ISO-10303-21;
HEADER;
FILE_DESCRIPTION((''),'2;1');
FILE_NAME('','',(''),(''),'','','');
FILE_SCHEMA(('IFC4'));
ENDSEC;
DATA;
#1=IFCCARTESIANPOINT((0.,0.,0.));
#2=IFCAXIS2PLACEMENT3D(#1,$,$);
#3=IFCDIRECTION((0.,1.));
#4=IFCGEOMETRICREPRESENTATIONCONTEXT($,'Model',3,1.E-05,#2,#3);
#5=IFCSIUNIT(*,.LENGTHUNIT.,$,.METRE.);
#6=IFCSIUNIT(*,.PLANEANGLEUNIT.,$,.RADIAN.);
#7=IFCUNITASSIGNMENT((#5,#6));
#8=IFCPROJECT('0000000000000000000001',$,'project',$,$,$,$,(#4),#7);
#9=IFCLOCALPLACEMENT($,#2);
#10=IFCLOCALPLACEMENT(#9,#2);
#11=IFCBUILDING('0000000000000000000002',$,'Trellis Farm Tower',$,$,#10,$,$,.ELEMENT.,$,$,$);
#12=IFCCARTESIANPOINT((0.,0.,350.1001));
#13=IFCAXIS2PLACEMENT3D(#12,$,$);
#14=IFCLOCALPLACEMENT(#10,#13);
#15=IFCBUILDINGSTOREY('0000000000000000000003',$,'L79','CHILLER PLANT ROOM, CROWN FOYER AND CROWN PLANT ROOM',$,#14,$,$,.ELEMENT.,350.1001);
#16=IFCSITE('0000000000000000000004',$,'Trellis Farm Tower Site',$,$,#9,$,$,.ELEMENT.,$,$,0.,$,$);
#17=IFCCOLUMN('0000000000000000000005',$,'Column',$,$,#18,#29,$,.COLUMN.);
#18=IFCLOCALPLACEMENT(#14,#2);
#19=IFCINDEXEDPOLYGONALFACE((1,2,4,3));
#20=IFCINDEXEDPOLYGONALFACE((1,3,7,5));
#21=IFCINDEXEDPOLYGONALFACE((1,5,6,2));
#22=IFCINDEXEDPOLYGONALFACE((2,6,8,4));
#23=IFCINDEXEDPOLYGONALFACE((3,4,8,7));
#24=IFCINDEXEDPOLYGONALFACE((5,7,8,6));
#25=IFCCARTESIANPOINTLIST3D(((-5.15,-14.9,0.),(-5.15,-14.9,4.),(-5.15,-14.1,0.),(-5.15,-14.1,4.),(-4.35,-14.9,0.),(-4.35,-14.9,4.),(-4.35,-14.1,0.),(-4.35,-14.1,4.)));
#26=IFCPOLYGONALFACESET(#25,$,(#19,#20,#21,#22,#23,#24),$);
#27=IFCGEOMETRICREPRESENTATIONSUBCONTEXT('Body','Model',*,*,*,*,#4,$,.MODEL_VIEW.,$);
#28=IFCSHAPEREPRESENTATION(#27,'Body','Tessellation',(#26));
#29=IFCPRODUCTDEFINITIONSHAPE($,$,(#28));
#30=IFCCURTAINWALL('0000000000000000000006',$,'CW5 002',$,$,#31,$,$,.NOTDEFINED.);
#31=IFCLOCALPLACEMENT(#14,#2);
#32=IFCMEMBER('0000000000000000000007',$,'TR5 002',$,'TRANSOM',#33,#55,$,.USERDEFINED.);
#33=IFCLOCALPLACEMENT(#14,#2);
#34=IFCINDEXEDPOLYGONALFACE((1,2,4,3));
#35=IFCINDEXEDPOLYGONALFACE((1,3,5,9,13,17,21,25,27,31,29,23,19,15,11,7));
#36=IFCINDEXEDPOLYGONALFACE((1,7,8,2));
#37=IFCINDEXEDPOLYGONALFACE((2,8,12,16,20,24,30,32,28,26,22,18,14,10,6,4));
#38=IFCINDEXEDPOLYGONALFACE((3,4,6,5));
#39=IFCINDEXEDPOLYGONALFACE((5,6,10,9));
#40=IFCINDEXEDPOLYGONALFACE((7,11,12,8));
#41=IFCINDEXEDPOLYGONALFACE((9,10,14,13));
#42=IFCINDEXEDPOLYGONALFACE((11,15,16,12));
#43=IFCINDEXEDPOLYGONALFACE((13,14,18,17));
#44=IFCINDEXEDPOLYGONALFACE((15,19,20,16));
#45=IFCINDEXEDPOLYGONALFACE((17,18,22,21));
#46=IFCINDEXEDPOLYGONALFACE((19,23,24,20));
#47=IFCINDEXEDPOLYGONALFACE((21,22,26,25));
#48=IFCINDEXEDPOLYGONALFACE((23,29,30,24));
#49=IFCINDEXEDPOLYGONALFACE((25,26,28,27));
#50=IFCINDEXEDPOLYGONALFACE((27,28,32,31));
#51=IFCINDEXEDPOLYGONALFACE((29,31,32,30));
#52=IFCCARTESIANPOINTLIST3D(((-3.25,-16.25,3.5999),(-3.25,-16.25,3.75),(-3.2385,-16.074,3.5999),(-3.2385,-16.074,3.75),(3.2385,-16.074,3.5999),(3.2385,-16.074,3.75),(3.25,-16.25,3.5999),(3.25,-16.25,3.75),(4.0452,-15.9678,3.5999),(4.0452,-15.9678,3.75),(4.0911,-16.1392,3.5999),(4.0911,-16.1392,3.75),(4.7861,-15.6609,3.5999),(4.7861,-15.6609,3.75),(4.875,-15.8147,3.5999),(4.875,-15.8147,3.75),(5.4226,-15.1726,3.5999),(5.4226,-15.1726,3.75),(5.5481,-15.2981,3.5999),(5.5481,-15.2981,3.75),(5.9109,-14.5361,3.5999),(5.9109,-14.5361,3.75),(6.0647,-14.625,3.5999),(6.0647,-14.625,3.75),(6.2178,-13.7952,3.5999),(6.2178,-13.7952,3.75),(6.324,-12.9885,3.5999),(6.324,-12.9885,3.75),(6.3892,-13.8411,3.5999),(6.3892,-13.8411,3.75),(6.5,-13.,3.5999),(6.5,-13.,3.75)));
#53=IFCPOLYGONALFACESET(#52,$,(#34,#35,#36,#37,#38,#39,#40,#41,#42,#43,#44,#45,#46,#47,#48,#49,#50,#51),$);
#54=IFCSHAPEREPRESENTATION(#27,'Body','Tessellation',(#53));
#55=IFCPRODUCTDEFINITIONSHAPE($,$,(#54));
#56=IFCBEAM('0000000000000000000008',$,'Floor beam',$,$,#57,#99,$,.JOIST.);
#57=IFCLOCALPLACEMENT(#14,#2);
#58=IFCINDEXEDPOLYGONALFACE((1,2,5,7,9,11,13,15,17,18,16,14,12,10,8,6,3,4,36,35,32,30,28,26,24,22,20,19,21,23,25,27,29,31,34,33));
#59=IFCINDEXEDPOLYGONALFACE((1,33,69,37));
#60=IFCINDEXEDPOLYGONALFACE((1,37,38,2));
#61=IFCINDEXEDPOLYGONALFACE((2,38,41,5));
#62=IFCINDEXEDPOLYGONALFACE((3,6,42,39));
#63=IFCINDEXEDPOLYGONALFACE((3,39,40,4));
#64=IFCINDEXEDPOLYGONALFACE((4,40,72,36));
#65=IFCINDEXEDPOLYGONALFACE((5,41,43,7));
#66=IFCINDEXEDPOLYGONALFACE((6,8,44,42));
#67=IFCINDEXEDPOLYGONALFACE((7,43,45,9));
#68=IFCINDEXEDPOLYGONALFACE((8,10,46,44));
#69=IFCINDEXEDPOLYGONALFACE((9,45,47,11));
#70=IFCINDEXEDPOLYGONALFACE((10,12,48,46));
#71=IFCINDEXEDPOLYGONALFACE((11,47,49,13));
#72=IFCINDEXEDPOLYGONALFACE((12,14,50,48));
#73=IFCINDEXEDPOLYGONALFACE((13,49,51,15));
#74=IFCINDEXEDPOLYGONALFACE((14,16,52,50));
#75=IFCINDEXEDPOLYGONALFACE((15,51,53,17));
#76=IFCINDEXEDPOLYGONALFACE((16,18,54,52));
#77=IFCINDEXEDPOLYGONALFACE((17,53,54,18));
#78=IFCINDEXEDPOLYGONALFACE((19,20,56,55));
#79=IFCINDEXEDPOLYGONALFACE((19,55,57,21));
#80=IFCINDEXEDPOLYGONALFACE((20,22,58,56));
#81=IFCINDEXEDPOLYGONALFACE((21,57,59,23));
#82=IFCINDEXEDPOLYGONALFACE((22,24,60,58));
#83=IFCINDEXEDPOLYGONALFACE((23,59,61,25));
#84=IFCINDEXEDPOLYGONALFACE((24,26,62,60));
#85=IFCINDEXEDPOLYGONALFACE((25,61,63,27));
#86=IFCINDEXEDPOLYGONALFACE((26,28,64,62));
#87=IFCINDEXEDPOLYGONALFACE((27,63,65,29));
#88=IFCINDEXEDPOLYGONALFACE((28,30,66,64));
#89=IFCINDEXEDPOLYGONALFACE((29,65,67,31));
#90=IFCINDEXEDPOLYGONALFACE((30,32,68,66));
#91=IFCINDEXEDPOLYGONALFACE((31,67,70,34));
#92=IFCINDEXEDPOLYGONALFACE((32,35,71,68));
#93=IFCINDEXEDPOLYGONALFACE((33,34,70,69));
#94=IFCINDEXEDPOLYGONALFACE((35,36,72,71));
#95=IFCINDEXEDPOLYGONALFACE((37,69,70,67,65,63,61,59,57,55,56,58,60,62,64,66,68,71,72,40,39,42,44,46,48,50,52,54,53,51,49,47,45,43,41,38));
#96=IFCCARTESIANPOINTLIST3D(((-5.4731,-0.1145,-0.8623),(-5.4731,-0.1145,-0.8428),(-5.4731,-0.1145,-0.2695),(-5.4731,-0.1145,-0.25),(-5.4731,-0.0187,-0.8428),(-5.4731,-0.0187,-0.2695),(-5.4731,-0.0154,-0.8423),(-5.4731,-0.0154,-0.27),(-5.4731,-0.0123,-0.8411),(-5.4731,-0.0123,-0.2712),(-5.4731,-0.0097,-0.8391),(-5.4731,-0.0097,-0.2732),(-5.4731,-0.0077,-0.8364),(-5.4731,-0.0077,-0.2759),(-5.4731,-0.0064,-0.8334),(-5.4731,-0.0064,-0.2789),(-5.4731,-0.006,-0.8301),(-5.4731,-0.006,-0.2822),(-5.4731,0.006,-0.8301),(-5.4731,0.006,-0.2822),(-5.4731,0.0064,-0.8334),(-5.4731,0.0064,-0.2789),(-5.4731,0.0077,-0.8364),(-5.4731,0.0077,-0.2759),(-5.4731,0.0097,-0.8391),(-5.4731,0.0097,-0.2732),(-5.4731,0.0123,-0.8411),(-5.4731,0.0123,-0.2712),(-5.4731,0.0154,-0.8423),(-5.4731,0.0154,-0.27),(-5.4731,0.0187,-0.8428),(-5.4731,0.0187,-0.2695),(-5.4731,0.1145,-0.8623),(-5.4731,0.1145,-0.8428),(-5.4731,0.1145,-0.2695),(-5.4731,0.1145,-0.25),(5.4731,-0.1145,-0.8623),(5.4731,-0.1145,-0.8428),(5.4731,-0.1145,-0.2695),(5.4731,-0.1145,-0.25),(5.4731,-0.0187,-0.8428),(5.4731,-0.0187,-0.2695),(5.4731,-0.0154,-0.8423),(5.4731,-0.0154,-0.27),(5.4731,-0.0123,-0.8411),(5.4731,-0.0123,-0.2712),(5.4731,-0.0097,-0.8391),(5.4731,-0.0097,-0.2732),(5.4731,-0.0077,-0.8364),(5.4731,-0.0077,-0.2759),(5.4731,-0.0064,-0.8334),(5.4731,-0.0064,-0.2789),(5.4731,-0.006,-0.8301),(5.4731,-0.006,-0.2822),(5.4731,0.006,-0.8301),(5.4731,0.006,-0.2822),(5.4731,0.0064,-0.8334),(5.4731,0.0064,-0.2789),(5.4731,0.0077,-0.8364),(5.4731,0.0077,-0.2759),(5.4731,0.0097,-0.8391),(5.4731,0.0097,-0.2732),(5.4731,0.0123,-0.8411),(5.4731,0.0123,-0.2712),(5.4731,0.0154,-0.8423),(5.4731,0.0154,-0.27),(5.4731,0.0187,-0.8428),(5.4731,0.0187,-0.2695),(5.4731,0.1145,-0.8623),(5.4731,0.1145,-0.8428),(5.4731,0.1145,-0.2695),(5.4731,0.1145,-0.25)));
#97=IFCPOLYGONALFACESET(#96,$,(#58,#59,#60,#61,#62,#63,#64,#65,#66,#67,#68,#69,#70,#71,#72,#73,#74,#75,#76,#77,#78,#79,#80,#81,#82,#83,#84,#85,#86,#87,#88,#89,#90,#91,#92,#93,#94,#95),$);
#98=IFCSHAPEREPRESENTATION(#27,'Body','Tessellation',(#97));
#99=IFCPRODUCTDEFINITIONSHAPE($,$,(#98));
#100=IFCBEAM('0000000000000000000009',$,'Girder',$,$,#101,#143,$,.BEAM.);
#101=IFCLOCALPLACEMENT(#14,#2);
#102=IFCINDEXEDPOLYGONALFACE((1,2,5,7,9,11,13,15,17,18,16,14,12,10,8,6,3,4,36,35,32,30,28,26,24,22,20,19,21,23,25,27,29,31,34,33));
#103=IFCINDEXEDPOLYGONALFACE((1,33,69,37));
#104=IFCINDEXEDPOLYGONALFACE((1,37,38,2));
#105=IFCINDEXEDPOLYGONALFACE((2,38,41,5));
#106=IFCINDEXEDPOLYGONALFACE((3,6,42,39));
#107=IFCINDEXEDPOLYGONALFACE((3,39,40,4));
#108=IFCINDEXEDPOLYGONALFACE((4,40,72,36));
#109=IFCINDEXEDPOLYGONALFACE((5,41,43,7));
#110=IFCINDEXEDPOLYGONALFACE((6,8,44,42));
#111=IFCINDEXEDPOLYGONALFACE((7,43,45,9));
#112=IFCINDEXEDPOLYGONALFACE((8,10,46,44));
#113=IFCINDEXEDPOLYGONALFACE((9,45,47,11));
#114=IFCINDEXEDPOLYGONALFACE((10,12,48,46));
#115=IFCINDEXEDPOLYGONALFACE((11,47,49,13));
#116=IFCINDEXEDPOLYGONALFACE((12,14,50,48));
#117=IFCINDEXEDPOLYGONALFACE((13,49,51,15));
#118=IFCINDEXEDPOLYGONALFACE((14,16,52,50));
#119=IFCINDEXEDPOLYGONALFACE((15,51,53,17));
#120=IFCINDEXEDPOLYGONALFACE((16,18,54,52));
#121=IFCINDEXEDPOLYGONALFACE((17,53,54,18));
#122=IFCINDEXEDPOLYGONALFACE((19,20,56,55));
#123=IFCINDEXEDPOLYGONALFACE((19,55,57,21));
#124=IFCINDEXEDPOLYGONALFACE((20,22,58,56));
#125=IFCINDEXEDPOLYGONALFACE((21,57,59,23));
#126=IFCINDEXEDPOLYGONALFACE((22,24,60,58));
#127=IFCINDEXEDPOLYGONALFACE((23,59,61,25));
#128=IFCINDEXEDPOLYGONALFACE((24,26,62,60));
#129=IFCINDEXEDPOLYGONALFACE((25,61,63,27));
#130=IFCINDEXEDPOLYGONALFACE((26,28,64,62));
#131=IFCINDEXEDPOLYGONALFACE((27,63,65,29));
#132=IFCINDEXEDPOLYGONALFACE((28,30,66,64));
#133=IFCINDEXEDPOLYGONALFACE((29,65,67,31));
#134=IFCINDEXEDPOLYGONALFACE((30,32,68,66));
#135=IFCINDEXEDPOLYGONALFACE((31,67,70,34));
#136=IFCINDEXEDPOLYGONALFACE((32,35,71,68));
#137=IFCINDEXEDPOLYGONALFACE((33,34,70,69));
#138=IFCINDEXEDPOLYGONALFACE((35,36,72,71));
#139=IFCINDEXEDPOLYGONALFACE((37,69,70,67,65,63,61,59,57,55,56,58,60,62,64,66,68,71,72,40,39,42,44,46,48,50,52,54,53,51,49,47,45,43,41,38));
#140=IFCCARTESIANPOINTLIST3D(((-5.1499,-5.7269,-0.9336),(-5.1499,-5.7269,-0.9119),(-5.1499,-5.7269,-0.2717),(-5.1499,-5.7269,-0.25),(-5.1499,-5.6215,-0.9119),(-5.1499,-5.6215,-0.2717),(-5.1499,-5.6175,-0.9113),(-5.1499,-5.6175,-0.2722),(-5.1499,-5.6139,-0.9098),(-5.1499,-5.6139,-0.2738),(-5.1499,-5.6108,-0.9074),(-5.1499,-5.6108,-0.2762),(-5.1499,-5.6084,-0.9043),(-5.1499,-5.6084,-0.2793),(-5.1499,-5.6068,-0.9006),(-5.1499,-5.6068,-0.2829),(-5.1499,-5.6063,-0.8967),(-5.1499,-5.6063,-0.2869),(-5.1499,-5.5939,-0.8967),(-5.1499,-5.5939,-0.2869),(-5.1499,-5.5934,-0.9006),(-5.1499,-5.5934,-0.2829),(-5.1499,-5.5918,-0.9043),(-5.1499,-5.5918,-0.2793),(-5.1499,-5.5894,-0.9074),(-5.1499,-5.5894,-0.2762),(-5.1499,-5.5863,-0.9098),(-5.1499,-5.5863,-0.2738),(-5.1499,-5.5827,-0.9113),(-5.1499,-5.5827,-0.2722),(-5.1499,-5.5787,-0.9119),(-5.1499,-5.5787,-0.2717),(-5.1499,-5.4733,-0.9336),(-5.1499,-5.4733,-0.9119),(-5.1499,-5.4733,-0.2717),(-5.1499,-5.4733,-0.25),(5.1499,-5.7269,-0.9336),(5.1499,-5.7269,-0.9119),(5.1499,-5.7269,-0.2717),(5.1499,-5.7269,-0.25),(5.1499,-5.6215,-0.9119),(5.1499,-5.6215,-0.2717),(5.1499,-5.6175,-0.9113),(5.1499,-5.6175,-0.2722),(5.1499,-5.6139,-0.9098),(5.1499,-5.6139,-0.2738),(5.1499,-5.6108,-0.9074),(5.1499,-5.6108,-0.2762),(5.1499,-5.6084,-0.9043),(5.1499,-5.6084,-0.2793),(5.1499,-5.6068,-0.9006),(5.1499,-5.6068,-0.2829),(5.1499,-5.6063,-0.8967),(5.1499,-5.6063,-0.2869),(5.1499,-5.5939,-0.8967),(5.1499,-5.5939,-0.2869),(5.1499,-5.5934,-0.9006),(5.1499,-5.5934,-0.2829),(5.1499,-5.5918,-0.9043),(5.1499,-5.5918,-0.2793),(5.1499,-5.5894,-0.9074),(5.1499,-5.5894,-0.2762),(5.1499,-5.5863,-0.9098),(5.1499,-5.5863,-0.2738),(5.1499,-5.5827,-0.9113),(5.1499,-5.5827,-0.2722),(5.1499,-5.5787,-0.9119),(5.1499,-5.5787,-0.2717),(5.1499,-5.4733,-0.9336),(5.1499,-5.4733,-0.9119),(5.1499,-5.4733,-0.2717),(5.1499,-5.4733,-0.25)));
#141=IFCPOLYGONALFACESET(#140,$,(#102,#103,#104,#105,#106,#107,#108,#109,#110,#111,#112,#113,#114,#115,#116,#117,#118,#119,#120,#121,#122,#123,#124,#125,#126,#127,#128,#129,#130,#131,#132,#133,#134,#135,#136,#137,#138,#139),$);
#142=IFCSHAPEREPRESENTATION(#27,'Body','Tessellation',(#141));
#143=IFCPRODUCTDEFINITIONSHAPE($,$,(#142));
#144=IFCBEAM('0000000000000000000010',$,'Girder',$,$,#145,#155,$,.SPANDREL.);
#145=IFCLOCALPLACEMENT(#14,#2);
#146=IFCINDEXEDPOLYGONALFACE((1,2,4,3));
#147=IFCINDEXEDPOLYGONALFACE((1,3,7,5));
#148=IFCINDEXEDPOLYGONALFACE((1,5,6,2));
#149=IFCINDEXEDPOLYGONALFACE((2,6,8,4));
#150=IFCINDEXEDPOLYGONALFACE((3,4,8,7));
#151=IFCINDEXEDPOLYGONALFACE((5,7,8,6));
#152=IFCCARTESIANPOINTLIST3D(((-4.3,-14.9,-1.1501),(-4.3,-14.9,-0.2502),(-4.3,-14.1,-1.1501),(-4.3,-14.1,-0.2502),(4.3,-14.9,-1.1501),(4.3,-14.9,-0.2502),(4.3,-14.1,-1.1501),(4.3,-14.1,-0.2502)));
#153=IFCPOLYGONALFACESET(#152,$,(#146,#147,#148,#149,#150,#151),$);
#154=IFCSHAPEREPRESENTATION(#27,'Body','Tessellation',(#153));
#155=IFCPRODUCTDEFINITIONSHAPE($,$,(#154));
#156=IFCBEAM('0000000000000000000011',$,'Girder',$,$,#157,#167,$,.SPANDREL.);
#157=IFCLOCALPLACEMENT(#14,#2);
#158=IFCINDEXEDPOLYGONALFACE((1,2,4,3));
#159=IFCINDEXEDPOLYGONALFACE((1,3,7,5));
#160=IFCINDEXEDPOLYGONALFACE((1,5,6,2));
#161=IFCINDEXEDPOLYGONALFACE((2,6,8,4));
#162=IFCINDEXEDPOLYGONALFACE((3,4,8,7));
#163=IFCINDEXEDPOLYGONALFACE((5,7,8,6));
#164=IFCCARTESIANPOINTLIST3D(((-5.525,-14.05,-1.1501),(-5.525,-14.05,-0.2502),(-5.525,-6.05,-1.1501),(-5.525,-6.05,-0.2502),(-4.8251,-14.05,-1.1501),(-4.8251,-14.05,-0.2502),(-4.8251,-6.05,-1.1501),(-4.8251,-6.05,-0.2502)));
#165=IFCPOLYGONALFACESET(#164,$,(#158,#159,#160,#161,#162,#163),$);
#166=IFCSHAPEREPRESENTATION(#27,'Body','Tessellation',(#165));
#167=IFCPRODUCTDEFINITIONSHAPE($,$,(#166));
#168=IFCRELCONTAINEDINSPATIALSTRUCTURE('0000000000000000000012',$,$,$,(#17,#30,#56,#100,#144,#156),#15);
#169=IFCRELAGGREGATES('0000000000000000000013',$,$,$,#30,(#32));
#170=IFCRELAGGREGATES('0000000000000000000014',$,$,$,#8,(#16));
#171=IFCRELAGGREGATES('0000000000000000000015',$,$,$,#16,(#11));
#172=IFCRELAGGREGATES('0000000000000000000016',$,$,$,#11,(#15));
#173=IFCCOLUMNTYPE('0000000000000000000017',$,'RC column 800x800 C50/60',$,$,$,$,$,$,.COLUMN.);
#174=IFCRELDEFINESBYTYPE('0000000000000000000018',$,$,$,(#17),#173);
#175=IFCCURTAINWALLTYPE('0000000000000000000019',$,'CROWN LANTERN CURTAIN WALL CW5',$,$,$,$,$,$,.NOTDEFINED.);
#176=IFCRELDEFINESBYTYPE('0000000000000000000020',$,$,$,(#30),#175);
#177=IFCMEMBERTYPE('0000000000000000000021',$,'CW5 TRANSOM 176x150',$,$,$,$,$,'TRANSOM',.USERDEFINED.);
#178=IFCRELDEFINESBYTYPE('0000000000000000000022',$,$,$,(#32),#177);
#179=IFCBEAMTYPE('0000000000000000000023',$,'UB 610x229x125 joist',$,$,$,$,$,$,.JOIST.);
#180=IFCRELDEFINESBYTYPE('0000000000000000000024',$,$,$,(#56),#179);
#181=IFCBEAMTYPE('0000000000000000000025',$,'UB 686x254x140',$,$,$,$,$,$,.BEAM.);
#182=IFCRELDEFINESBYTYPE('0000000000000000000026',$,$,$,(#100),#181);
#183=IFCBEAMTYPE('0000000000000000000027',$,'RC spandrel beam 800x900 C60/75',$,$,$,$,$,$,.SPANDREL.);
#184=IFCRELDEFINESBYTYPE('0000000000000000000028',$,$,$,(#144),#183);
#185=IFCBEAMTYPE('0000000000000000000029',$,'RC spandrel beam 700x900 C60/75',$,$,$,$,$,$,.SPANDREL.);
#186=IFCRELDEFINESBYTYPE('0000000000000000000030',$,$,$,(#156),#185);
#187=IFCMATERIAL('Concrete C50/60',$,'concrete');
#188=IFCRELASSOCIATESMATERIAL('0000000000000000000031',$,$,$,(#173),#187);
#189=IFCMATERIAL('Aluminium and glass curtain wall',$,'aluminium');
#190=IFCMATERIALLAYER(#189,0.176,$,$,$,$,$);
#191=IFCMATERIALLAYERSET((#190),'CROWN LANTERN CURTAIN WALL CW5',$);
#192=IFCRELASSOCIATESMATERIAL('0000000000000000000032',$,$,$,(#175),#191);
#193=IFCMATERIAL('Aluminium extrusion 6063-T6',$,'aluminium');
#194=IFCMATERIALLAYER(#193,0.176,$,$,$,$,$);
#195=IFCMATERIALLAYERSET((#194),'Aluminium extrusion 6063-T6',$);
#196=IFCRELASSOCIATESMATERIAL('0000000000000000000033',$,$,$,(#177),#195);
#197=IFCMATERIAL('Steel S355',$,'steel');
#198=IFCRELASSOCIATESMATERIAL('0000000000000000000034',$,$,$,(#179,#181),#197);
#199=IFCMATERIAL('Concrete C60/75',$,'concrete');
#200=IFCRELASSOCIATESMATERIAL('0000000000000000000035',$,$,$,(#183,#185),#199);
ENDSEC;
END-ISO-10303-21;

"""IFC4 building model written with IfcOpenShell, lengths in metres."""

from ifc_helpers import new_model, si_unit, direction, frame, origin, origin_2d, place, context, subcontext, project, spatial, polyline, rectangle, i_section, outline, extrude, source, transform, mapped, material, layer, layer_set, material_profile, profile_set, type_object, element, aggregate, save


model = new_model("IFC4")

# Units and contexts
model_context = context("Model", 3, precision=1e-05, world=origin(), true_north=direction((0.0, 1.0)))
body_context = subcontext(model_context, "Body", "Model", "MODEL_VIEW")
ifc_project = project(units=[si_unit("LENGTHUNIT", "METRE"), si_unit("PLANEANGLEUNIT", "RADIAN")], contexts=[model_context])

# Site, building, storey
site_placement = place(None, origin())
site = spatial("IfcSite", under=ifc_project, at=site_placement, Name="Trellis Farm Tower Site", CompositionType="ELEMENT", RefElevation=0.0)
building_placement = place(site_placement, origin())
building = spatial("IfcBuilding", under=site, at=building_placement, Name="Trellis Farm Tower", CompositionType="ELEMENT")
storey_placement = place(building_placement, frame((0.0, 0.0, 350.1001)))
storey = spatial("IfcBuildingStorey", under=building, at=storey_placement, Name="L79", Description="CHILLER PLANT ROOM, CROWN FOYER AND CROWN PLANT ROOM", CompositionType="ELEMENT", Elevation=350.1001)

# Column
ifc_material_1 = material(Name="Concrete C50/60", Category="concrete")
ifc_material_profile_1 = material_profile(ifc_material_1, rectangle(XDim=0.8, YDim=0.8, at=origin_2d()), Name="RC column 800x800 C50/60")
ifc_profile_set_1 = profile_set([ifc_material_profile_1], Name="Concrete C50/60")
column_type = type_object("IfcColumnType", Name="RC column 800x800 C50/60", PredefinedType="COLUMN", material=ifc_profile_set_1)
shared_shape_1 = source(origin(), body_context, "Body", "SweptSolid", [
    extrude(rectangle(XDim=0.8, YDim=0.8, at=origin_2d()), origin(), (0.0, 0.0, 1.0), 4.0),
])
column_placement = place(storey_placement, frame((-4.75, -14.5, 0.0), z_axis=(0.0, 0.0, 1.0), x_axis=(1.0, 0.0, 0.0)))
element("IfcColumn", 1, at=column_placement, inside=storey, type_object=column_type, Name="Column", PredefinedType="COLUMN", context=body_context, shape_type="MappedRepresentation", body=[
    mapped(shared_shape_1, transform((0.0, 0.0, 0.0))),
])

# Curtain wall, member
ifc_material_2 = material(Name="Aluminium and glass curtain wall", Category="aluminium")
ifc_layer_1 = layer(ifc_material_2, 0.176)
ifc_layer_set_1 = layer_set([ifc_layer_1], Name="CROWN LANTERN CURTAIN WALL CW5")
curtain_wall_type = type_object("IfcCurtainWallType", Name="CROWN LANTERN CURTAIN WALL CW5", PredefinedType="NOTDEFINED", material=ifc_layer_set_1)
placement_1 = place(storey_placement, origin())
curtain_wall_1 = element("IfcCurtainWall", 2, at=placement_1, inside=storey, type_object=curtain_wall_type, Name="CW5 002", PredefinedType="NOTDEFINED")
ifc_material_3 = material(Name="Aluminium extrusion 6063-T6", Category="aluminium")
ifc_layer_2 = layer(ifc_material_3, 0.176)
ifc_layer_set_2 = layer_set([ifc_layer_2], Name="Aluminium extrusion 6063-T6")
member_type_1 = type_object("IfcMemberType", Name="CW5 TRANSOM 176x150", ElementType="TRANSOM", PredefinedType="USERDEFINED", material=ifc_layer_set_2)
placement_2 = place(storey_placement, frame((0.0, 0.0, 3.5999)))
member_1 = element("IfcMember", 3, at=placement_2, type_object=member_type_1, Name="TR5 002", ObjectType="TRANSOM", PredefinedType="USERDEFINED", context=body_context, shape_type="SweptSolid", body=[
    extrude(outline(polyline([(-3.25, -16.25), (3.25, -16.25), (4.0911, -16.1392), (4.875, -15.8147), (5.5481, -15.2981), (6.0647, -14.625), (6.3892, -13.8411), (6.5, -13.0), (6.324, -12.9885), (6.2178, -13.7952), (5.9109, -14.5361), (5.4226, -15.1726), (4.7861, -15.6609), (4.0452, -15.9678), (3.2385, -16.074), (-3.2385, -16.074), (-3.25, -16.25)])), origin(), (0.0, 0.0, 1.0), 0.1501),
])

# Beams
ifc_material_4 = material(Name="Steel S355", Category="steel")
ifc_material_profile_2 = material_profile(ifc_material_4, i_section(OverallWidth=0.229, OverallDepth=0.6123, WebThickness=0.012, FlangeThickness=0.0195, FilletRadius=0.0127, at=origin_2d()), Name="UB 610x229x125")
ifc_profile_set_2 = profile_set([ifc_material_profile_2], Name="Steel S355")
beam_type_1 = type_object("IfcBeamType", Name="UB 610x229x125 joist", PredefinedType="JOIST", material=ifc_profile_set_2)
shared_shape_2 = source(origin(), body_context, "Body", "SweptSolid", [
    extrude(i_section(OverallWidth=0.229, OverallDepth=0.6123, WebThickness=0.012, FlangeThickness=0.0195, FilletRadius=0.0127, at=origin_2d()), origin(), (0.0, 0.0, 1.0), 10.9463),
])
beam_1_placement = place(storey_placement, frame((-5.4731, 0.0, -0.5562), z_axis=(1.0, 0.0, 0.0), x_axis=(0.0, 1.0, 0.0)))
element("IfcBeam", 4, at=beam_1_placement, inside=storey, type_object=beam_type_1, Name="Floor beam", PredefinedType="JOIST", context=body_context, shape_type="MappedRepresentation", body=[
    mapped(shared_shape_2, transform((0.0, 0.0, 0.0))),
])
ifc_material_profile_3 = material_profile(ifc_material_4, i_section(OverallWidth=0.2537, OverallDepth=0.6836, WebThickness=0.0125, FlangeThickness=0.0217, FilletRadius=0.0151, at=origin_2d()), Name="UB 686x254x140")
ifc_profile_set_3 = profile_set([ifc_material_profile_3], Name="Steel S355")
beam_type_2 = type_object("IfcBeamType", Name="UB 686x254x140", PredefinedType="BEAM", material=ifc_profile_set_3)
shared_shape_3 = source(origin(), body_context, "Body", "SweptSolid", [
    extrude(i_section(OverallWidth=0.2537, OverallDepth=0.6836, WebThickness=0.0125, FlangeThickness=0.0217, FilletRadius=0.0151, at=origin_2d()), origin(), (0.0, 0.0, 1.0), 10.2998),
])
beam_2_placement = place(storey_placement, frame((-5.1499, -5.6001, -0.5918), z_axis=(1.0, 0.0, 0.0), x_axis=(0.0, 1.0, 0.0)))
element("IfcBeam", 5, at=beam_2_placement, inside=storey, type_object=beam_type_2, Name="Girder", PredefinedType="BEAM", context=body_context, shape_type="MappedRepresentation", body=[
    mapped(shared_shape_3, transform((0.0, 0.0, 0.0))),
])
ifc_material_5 = material(Name="Concrete C60/75", Category="concrete")
ifc_material_profile_4 = material_profile(ifc_material_5, rectangle(XDim=0.8, YDim=0.8999, at=origin_2d()), Name="RC spandrel beam 800x900 C60/75")
ifc_profile_set_4 = profile_set([ifc_material_profile_4], Name="Concrete C60/75")
beam_type_3 = type_object("IfcBeamType", Name="RC spandrel beam 800x900 C60/75", PredefinedType="SPANDREL", material=ifc_profile_set_4)
shared_shape_4 = source(origin(), body_context, "Body", "SweptSolid", [
    extrude(rectangle(XDim=0.8, YDim=0.8999, at=origin_2d()), origin(), (0.0, 0.0, 1.0), 8.6001),
])
beam_3_placement = place(storey_placement, frame((-4.3, -14.5, -0.7002), z_axis=(1.0, 0.0, 0.0), x_axis=(0.0, 1.0, 0.0)))
element("IfcBeam", 6, at=beam_3_placement, inside=storey, type_object=beam_type_3, Name="Girder", PredefinedType="SPANDREL", context=body_context, shape_type="MappedRepresentation", body=[
    mapped(shared_shape_4, transform((0.0, 0.0, 0.0))),
])
ifc_material_profile_5 = material_profile(ifc_material_5, rectangle(XDim=0.7, YDim=0.8999, at=origin_2d()), Name="RC spandrel beam 700x900 C60/75")
ifc_profile_set_5 = profile_set([ifc_material_profile_5], Name="Concrete C60/75")
beam_type_4 = type_object("IfcBeamType", Name="RC spandrel beam 700x900 C60/75", PredefinedType="SPANDREL", material=ifc_profile_set_5)
shared_shape_5 = source(origin(), body_context, "Body", "SweptSolid", [
    extrude(rectangle(XDim=0.7, YDim=0.8999, at=origin_2d()), origin(), (0.0, 0.0, 1.0), 8.0),
])
beam_4_placement = place(storey_placement, frame((-5.175, -14.05, -0.7002), z_axis=(0.0, 1.0, 0.0), x_axis=(-1.0, 0.0, 0.0)))
element("IfcBeam", 7, at=beam_4_placement, inside=storey, type_object=beam_type_4, Name="Girder", PredefinedType="SPANDREL", context=body_context, shape_type="MappedRepresentation", body=[
    mapped(shared_shape_5, transform((0.0, 0.0, 0.0))),
])

aggregate(curtain_wall_1, [member_1])

save(model, "model.ifc")
